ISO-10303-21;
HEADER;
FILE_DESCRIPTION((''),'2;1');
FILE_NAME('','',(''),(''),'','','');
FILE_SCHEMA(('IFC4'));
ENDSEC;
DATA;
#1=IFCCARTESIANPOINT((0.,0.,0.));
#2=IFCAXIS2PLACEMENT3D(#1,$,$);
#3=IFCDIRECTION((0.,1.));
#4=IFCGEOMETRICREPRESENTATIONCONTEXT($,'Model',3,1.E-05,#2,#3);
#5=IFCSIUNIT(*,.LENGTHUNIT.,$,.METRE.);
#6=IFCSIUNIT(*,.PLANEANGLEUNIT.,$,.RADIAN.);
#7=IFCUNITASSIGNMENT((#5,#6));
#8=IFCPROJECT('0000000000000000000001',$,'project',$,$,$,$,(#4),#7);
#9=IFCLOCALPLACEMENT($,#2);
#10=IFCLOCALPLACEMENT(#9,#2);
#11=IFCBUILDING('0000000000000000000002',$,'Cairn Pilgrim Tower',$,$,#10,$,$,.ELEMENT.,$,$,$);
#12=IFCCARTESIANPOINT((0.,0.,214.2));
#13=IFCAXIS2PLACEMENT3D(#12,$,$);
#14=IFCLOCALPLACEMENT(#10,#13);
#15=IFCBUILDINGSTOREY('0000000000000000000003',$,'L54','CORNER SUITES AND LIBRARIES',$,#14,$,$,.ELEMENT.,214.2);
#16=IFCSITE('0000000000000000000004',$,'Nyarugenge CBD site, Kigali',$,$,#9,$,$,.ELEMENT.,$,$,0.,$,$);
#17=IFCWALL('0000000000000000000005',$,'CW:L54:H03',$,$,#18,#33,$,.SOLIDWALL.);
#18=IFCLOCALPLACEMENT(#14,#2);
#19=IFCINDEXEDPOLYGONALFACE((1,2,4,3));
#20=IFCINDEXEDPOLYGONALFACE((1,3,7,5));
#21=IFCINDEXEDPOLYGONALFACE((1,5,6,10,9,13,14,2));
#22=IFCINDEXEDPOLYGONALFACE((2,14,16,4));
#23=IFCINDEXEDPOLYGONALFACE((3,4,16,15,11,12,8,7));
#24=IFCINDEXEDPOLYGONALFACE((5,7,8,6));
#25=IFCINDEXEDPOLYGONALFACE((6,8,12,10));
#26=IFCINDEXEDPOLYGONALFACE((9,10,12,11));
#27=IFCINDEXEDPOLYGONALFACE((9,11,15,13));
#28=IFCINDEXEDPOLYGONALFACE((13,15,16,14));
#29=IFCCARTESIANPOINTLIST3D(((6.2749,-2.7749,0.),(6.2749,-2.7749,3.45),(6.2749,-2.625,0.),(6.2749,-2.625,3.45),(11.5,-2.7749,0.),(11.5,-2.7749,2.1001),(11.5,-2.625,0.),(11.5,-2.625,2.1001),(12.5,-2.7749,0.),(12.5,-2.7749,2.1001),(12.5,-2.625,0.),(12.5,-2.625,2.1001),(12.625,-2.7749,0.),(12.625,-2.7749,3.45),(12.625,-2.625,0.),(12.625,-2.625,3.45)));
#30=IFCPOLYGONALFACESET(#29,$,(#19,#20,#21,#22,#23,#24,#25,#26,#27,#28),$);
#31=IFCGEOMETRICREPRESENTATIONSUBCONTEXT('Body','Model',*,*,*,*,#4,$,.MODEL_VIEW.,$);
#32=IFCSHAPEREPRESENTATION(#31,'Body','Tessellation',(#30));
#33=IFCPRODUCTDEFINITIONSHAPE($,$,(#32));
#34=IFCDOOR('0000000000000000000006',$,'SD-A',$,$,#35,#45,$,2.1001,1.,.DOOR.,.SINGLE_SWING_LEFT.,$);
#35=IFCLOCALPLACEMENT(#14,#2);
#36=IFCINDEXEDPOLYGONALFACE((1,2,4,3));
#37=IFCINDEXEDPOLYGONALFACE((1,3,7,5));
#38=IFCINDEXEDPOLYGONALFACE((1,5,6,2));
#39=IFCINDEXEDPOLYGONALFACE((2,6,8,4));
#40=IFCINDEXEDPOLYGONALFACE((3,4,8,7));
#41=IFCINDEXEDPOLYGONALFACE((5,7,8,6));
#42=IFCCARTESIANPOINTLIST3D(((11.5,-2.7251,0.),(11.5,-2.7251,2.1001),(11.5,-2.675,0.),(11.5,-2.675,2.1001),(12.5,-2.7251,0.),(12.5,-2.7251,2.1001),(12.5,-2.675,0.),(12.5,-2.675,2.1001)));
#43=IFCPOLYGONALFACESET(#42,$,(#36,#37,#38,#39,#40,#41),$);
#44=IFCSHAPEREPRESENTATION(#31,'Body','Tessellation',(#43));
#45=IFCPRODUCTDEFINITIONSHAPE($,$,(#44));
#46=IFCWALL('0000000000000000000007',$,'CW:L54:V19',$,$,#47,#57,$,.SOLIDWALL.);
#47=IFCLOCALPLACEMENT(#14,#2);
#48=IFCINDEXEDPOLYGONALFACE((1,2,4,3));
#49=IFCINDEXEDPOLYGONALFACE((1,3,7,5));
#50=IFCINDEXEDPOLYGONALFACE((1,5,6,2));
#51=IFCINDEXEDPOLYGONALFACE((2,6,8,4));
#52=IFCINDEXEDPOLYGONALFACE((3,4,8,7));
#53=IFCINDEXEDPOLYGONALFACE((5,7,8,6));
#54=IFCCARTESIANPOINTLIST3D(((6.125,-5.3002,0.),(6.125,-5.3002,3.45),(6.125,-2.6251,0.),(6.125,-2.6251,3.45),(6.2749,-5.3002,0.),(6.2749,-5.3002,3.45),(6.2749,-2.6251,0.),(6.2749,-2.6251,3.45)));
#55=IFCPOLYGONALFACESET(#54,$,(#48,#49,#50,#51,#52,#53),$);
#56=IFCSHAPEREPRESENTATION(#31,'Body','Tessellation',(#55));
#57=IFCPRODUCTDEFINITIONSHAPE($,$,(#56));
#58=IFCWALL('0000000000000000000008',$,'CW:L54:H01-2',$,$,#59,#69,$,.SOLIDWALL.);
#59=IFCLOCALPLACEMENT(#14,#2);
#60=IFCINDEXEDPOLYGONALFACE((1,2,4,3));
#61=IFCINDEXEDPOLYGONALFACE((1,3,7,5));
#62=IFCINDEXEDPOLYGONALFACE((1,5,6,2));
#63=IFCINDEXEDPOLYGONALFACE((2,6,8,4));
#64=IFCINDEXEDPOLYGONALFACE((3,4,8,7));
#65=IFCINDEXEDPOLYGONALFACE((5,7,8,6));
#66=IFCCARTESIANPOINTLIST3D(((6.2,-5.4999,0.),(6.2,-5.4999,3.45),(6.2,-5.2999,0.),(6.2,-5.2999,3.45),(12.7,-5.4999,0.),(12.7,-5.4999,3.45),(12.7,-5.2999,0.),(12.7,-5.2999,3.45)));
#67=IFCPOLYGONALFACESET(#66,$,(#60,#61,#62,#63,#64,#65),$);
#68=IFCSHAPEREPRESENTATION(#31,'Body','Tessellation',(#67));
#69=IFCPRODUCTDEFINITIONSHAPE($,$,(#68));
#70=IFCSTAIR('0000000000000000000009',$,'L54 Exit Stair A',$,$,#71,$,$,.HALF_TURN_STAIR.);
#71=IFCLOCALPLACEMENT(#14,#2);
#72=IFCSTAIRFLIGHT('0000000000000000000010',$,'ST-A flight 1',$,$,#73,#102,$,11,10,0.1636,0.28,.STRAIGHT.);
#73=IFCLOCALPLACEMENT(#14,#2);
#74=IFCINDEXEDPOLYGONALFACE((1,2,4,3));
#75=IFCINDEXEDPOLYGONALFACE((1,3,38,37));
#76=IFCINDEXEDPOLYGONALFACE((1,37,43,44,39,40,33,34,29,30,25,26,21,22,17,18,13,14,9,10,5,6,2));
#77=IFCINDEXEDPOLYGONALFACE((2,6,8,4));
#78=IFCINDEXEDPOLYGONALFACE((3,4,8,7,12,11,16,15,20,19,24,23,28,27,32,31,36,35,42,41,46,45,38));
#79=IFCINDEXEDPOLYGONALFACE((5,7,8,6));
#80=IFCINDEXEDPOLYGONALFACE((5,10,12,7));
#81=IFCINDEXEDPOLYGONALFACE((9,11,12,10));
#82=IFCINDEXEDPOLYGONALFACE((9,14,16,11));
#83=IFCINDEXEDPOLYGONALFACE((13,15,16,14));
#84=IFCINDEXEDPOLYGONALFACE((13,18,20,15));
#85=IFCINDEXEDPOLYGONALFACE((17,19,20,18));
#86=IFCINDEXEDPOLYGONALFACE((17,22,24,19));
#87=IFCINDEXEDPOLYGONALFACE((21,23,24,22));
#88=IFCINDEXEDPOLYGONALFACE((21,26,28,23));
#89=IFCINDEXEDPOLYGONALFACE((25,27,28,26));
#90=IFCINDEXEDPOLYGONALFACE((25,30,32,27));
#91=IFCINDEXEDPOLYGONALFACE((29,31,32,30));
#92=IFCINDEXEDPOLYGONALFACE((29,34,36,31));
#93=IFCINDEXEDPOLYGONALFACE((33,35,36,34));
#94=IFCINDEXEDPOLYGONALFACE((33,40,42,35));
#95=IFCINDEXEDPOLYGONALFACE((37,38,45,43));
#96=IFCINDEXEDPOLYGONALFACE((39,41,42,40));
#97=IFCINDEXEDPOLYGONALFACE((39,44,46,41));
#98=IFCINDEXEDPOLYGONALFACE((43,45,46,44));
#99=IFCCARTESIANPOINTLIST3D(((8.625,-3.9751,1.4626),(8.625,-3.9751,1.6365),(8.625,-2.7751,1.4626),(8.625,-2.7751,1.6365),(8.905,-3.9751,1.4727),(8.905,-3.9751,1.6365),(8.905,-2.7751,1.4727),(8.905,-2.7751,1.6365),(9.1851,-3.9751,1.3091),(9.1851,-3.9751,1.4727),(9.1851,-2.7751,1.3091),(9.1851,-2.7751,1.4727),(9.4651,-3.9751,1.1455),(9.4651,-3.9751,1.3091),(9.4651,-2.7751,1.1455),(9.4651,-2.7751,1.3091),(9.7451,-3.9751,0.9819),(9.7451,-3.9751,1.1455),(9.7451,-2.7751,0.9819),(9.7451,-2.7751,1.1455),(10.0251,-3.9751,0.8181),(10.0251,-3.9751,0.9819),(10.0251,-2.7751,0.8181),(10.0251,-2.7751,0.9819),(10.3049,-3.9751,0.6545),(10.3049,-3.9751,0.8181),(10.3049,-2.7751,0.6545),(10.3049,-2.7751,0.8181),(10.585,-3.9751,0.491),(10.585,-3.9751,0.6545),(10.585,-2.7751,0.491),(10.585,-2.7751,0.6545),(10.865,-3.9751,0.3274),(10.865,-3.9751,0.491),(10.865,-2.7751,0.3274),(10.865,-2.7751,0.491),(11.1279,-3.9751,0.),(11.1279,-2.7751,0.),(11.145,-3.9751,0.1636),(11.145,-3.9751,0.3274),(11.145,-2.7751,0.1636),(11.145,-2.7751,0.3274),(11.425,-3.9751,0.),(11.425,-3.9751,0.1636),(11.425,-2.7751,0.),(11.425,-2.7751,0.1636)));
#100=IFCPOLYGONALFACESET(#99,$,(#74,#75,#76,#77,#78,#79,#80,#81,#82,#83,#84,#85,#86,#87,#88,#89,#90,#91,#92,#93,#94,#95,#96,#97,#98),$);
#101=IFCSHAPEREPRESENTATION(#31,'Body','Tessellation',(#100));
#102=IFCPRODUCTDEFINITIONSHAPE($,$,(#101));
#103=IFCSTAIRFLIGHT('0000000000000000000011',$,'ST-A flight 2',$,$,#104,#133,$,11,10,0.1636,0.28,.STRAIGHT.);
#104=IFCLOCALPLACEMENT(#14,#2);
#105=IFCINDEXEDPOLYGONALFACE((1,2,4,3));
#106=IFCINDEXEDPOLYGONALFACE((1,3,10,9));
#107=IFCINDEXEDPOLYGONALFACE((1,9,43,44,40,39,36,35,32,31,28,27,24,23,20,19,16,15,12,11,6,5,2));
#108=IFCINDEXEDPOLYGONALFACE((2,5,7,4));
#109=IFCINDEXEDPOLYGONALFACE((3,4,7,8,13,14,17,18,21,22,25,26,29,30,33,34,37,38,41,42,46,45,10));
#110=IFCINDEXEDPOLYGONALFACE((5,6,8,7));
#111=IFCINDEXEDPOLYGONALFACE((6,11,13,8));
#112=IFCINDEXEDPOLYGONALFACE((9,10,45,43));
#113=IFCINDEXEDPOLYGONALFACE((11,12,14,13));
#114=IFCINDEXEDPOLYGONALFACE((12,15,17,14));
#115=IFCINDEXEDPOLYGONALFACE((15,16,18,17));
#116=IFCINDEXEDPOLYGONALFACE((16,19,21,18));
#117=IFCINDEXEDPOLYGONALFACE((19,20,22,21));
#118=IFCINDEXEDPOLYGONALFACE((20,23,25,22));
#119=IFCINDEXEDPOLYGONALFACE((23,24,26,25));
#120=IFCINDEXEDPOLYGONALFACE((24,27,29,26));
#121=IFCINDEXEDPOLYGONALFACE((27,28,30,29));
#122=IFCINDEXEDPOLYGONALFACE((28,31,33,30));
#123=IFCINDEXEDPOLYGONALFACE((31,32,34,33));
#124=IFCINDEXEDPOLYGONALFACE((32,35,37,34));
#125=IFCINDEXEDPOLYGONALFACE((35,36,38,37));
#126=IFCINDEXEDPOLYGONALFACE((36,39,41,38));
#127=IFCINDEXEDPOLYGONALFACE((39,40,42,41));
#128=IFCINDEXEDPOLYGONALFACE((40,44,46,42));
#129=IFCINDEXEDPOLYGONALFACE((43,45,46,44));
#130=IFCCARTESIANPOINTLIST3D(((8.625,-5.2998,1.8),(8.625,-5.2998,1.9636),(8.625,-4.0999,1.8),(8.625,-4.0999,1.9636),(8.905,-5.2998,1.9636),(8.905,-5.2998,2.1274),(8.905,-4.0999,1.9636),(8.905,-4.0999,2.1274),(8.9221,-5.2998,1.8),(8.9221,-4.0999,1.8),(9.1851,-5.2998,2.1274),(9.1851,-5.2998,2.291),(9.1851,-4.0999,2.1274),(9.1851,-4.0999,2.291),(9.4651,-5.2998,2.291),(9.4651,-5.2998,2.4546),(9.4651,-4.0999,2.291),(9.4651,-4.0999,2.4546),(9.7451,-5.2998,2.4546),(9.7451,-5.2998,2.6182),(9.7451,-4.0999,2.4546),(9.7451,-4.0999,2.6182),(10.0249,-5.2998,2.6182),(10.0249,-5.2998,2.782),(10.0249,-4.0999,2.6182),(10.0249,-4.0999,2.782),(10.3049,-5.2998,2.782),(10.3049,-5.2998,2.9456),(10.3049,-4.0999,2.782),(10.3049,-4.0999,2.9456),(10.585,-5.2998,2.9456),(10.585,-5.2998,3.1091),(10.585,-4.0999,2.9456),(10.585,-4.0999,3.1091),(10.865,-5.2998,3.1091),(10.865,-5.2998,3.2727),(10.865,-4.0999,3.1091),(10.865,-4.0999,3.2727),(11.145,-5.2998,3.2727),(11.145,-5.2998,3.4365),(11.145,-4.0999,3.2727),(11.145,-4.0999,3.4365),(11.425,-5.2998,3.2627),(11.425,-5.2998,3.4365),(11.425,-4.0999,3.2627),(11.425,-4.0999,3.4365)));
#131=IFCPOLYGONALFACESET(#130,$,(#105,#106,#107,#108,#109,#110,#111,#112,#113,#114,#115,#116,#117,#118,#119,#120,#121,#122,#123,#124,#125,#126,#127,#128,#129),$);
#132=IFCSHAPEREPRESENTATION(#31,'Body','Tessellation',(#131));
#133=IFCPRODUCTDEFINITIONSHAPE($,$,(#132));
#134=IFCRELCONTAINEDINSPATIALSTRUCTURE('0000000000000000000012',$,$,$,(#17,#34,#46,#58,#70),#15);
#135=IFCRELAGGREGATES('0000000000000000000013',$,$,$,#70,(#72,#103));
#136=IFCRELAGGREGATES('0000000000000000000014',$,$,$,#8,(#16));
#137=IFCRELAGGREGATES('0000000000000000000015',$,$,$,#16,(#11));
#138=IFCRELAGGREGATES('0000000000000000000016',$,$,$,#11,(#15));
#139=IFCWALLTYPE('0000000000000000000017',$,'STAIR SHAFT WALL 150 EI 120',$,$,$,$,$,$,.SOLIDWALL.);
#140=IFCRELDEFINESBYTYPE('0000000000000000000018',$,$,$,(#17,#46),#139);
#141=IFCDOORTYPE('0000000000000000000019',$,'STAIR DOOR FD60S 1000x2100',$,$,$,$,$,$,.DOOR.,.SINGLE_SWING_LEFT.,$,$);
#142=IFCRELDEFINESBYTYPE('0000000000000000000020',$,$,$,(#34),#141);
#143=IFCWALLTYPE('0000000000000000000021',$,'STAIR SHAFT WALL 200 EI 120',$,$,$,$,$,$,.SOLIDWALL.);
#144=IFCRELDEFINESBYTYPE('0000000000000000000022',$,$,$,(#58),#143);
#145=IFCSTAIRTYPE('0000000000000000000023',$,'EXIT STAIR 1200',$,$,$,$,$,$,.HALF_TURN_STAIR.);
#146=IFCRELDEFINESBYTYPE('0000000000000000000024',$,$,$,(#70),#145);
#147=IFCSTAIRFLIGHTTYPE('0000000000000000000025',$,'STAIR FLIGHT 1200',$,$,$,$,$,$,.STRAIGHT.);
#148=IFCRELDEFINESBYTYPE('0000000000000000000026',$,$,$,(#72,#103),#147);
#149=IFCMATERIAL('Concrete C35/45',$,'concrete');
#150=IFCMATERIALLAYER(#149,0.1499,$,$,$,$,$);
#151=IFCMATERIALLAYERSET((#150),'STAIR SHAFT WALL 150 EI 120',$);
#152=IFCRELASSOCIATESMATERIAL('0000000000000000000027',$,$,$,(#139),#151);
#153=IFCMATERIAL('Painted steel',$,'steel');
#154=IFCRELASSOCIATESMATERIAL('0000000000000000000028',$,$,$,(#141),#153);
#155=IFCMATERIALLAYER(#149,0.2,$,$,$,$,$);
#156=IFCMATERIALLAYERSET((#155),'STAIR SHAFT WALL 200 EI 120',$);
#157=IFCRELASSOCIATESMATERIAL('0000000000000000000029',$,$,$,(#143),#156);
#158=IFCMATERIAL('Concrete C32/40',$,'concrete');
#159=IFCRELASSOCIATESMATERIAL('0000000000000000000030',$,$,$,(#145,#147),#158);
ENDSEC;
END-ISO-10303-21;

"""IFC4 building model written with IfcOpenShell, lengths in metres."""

from ifc_helpers import new_model, si_unit, direction, frame, frame_2d, origin, place, context, subcontext, project, spatial, polyline, rectangle, outline, extrude, material, layer, layer_set, type_object, element, fill, aggregate, save


model = new_model("IFC4")

# Units and contexts
model_context = context("Model", 3, precision=1e-05, world=origin(), true_north=direction((0.0, 1.0)))
body_context = subcontext(model_context, "Body", "Model", "MODEL_VIEW")
ifc_project = project(units=[si_unit("LENGTHUNIT", "METRE"), si_unit("PLANEANGLEUNIT", "RADIAN")], contexts=[model_context])

# Site, building, storey
site_placement = place(None, origin())
site = spatial("IfcSite", under=ifc_project, at=site_placement, Name="Nyarugenge CBD site, Kigali", CompositionType="ELEMENT", RefElevation=0.0)
building_placement = place(site_placement, origin())
building = spatial("IfcBuilding", under=site, at=building_placement, Name="Cairn Pilgrim Tower", CompositionType="ELEMENT")
storey_placement = place(building_placement, frame((0.0, 0.0, 214.2)))
storey = spatial("IfcBuildingStorey", under=building, at=storey_placement, Name="L54", Description="CORNER SUITES AND LIBRARIES", CompositionType="ELEMENT", Elevation=214.2)

# Shared definitions
ifc_material_1 = material(Name="Concrete C35/45", Category="concrete")

# Shared definitions
ifc_material_2 = material(Name="Concrete C32/40", Category="concrete")

# Wall, opening, door
ifc_layer_1 = layer(ifc_material_1, 0.1499)
ifc_layer_set_1 = layer_set([ifc_layer_1], Name="STAIR SHAFT WALL 150 EI 120")
wall_type_1 = type_object("IfcWallType", Name="STAIR SHAFT WALL 150 EI 120", PredefinedType="SOLIDWALL", material=ifc_layer_set_1)
wall_1_placement = place(storey_placement, frame((6.2749, -2.7, 0.0), z_axis=(0.0, 0.0, 1.0), x_axis=(1.0, 0.0, 0.0)))
wall_1 = element("IfcWall", 1, at=wall_1_placement, inside=storey, type_object=wall_type_1, Name="CW:L54:H03", PredefinedType="SOLIDWALL", context=body_context, shape_type="SweptSolid", body=[
    extrude(rectangle(XDim=6.3501, YDim=0.1499, at=frame_2d((3.175, 0.0))), origin(), (0.0, 0.0, 1.0), 3.45),
])
opening_1_placement = place(wall_1_placement, frame((5.2251, 0.0, 0.0)))
opening_1 = element("IfcOpeningElement", 2, at=opening_1_placement, cuts=wall_1, PredefinedType="OPENING", context=body_context, shape_type="SweptSolid", body=[
    extrude(rectangle(XDim=1.0, YDim=2.1001, at=frame_2d((0.5, 1.05))), frame((0.0, 0.085, 0.0), z_axis=(0.0, -1.0, 0.0), x_axis=(1.0, 0.0, 0.0)), (0.0, 0.0, 1.0), 0.1699),
])
ifc_material_3 = material(Name="Painted steel", Category="steel")
door_type_1 = type_object("IfcDoorType", Name="STAIR DOOR FD60S 1000x2100", OperationType="SINGLE_SWING_LEFT", PredefinedType="DOOR", material=ifc_material_3)
door_1_placement = place(opening_1_placement, origin())
door_1 = element("IfcDoor", 3, at=door_1_placement, inside=storey, type_object=door_type_1, Name="SD-A", OperationType="SINGLE_SWING_LEFT", OverallHeight=2.1001, OverallWidth=1.0, PredefinedType="DOOR", context=body_context, shape_type="SweptSolid", body=[
    extrude(rectangle(XDim=1.0, YDim=2.1001, at=frame_2d((0.5, 1.05))), frame((0.0, 0.0249, 0.0), z_axis=(0.0, -1.0, 0.0), x_axis=(1.0, 0.0, 0.0)), (0.0, 0.0, 1.0), 0.05),
])
fill(opening_1, door_1)

# Walls
wall_2_placement = place(storey_placement, frame((6.2, -5.3, 0.0), z_axis=(0.0, 0.0, 1.0), x_axis=(0.0, 1.0, 0.0)))
element("IfcWall", 4, at=wall_2_placement, inside=storey, type_object=wall_type_1, Name="CW:L54:V19", PredefinedType="SOLIDWALL", context=body_context, shape_type="SweptSolid", body=[
    extrude(rectangle(XDim=2.675, YDim=0.1499, at=frame_2d((1.3374, 0.0))), origin(), (0.0, 0.0, 1.0), 3.45),
])
ifc_layer_2 = layer(ifc_material_1, 0.2)
ifc_layer_set_2 = layer_set([ifc_layer_2], Name="STAIR SHAFT WALL 200 EI 120")
wall_type_2 = type_object("IfcWallType", Name="STAIR SHAFT WALL 200 EI 120", PredefinedType="SOLIDWALL", material=ifc_layer_set_2)
wall_3_placement = place(storey_placement, frame((6.2, -5.3999, 0.0), z_axis=(0.0, 0.0, 1.0), x_axis=(1.0, 0.0, 0.0)))
element("IfcWall", 5, at=wall_3_placement, inside=storey, type_object=wall_type_2, Name="CW:L54:H01-2", PredefinedType="SOLIDWALL", context=body_context, shape_type="SweptSolid", body=[
    extrude(rectangle(XDim=6.5, YDim=0.2, at=frame_2d((3.25, 0.0))), origin(), (0.0, 0.0, 1.0), 3.45),
])

# Stair, stair flights
stair_type = type_object("IfcStairType", Name="EXIT STAIR 1200", PredefinedType="HALF_TURN_STAIR", material=ifc_material_2)
stair_placement = place(storey_placement, origin())
stair = element("IfcStair", 6, at=stair_placement, inside=storey, type_object=stair_type, Name="L54 Exit Stair A", PredefinedType="HALF_TURN_STAIR")
stair_flight_type = type_object("IfcStairFlightType", Name="STAIR FLIGHT 1200", PredefinedType="STRAIGHT", material=ifc_material_2)
stair_flight_1_placement = place(storey_placement, frame((11.425, -3.375, 0.0), z_axis=(0.0, 0.0, 1.0), x_axis=(-1.0, 0.0, 0.0)))
stair_flight_1 = element("IfcStairFlight", 7, at=stair_flight_1_placement, type_object=stair_flight_type, Name="ST-A flight 1", NumberOfRisers=11, NumberOfTreads=10, PredefinedType="STRAIGHT", RiserHeight=0.1636, TreadLength=0.28, context=body_context, shape_type="SweptSolid", body=[
    extrude(outline(polyline([(0.0, 0.0), (0.0, 0.1636), (0.28, 0.1636), (0.28, 0.3274), (0.5601, 0.3274), (0.5601, 0.491), (0.8401, 0.491), (0.8401, 0.6545), (1.1201, 0.6545), (1.1201, 0.8181), (1.3999, 0.8181), (1.3999, 0.9819), (1.6799, 0.9819), (1.6799, 1.1455), (1.96, 1.1455), (1.96, 1.3091), (2.24, 1.3091), (2.24, 1.4727), (2.52, 1.4727), (2.52, 1.6365), (2.8, 1.6365), (2.8, 1.8), (2.8, 1.4626), (0.2971, 0.0), (0.0, 0.0)])), frame((0.0, 0.6001, 0.0), z_axis=(0.0, -1.0, 0.0), x_axis=(1.0, 0.0, 0.0)), (0.0, 0.0, 1.0), 1.2),
])
stair_flight_2_placement = place(storey_placement, frame((8.625, -4.7, 1.8), z_axis=(0.0, 0.0, 1.0), x_axis=(1.0, 0.0, 0.0)))
stair_flight_2 = element("IfcStairFlight", 8, at=stair_flight_2_placement, type_object=stair_flight_type, Name="ST-A flight 2", NumberOfRisers=11, NumberOfTreads=10, PredefinedType="STRAIGHT", RiserHeight=0.1636, TreadLength=0.28, context=body_context, shape_type="SweptSolid", body=[
    extrude(outline(polyline([(0.0, 0.0), (0.0, 0.1636), (0.28, 0.1636), (0.28, 0.3274), (0.5601, 0.3274), (0.5601, 0.491), (0.8401, 0.491), (0.8401, 0.6545), (1.1201, 0.6545), (1.1201, 0.8181), (1.3999, 0.8181), (1.3999, 0.9819), (1.6799, 0.9819), (1.6799, 1.1455), (1.96, 1.1455), (1.96, 1.3091), (2.24, 1.3091), (2.24, 1.4727), (2.52, 1.4727), (2.52, 1.6365), (2.8, 1.6365), (2.8, 1.8), (2.8, 1.4626), (0.2971, 0.0), (0.0, 0.0)])), frame((0.0, 0.6001, 0.0), z_axis=(0.0, -1.0, 0.0), x_axis=(1.0, 0.0, 0.0)), (0.0, 0.0, 1.0), 1.2),
])
aggregate(stair, [stair_flight_1, stair_flight_2])

save(model, "model.ifc")
